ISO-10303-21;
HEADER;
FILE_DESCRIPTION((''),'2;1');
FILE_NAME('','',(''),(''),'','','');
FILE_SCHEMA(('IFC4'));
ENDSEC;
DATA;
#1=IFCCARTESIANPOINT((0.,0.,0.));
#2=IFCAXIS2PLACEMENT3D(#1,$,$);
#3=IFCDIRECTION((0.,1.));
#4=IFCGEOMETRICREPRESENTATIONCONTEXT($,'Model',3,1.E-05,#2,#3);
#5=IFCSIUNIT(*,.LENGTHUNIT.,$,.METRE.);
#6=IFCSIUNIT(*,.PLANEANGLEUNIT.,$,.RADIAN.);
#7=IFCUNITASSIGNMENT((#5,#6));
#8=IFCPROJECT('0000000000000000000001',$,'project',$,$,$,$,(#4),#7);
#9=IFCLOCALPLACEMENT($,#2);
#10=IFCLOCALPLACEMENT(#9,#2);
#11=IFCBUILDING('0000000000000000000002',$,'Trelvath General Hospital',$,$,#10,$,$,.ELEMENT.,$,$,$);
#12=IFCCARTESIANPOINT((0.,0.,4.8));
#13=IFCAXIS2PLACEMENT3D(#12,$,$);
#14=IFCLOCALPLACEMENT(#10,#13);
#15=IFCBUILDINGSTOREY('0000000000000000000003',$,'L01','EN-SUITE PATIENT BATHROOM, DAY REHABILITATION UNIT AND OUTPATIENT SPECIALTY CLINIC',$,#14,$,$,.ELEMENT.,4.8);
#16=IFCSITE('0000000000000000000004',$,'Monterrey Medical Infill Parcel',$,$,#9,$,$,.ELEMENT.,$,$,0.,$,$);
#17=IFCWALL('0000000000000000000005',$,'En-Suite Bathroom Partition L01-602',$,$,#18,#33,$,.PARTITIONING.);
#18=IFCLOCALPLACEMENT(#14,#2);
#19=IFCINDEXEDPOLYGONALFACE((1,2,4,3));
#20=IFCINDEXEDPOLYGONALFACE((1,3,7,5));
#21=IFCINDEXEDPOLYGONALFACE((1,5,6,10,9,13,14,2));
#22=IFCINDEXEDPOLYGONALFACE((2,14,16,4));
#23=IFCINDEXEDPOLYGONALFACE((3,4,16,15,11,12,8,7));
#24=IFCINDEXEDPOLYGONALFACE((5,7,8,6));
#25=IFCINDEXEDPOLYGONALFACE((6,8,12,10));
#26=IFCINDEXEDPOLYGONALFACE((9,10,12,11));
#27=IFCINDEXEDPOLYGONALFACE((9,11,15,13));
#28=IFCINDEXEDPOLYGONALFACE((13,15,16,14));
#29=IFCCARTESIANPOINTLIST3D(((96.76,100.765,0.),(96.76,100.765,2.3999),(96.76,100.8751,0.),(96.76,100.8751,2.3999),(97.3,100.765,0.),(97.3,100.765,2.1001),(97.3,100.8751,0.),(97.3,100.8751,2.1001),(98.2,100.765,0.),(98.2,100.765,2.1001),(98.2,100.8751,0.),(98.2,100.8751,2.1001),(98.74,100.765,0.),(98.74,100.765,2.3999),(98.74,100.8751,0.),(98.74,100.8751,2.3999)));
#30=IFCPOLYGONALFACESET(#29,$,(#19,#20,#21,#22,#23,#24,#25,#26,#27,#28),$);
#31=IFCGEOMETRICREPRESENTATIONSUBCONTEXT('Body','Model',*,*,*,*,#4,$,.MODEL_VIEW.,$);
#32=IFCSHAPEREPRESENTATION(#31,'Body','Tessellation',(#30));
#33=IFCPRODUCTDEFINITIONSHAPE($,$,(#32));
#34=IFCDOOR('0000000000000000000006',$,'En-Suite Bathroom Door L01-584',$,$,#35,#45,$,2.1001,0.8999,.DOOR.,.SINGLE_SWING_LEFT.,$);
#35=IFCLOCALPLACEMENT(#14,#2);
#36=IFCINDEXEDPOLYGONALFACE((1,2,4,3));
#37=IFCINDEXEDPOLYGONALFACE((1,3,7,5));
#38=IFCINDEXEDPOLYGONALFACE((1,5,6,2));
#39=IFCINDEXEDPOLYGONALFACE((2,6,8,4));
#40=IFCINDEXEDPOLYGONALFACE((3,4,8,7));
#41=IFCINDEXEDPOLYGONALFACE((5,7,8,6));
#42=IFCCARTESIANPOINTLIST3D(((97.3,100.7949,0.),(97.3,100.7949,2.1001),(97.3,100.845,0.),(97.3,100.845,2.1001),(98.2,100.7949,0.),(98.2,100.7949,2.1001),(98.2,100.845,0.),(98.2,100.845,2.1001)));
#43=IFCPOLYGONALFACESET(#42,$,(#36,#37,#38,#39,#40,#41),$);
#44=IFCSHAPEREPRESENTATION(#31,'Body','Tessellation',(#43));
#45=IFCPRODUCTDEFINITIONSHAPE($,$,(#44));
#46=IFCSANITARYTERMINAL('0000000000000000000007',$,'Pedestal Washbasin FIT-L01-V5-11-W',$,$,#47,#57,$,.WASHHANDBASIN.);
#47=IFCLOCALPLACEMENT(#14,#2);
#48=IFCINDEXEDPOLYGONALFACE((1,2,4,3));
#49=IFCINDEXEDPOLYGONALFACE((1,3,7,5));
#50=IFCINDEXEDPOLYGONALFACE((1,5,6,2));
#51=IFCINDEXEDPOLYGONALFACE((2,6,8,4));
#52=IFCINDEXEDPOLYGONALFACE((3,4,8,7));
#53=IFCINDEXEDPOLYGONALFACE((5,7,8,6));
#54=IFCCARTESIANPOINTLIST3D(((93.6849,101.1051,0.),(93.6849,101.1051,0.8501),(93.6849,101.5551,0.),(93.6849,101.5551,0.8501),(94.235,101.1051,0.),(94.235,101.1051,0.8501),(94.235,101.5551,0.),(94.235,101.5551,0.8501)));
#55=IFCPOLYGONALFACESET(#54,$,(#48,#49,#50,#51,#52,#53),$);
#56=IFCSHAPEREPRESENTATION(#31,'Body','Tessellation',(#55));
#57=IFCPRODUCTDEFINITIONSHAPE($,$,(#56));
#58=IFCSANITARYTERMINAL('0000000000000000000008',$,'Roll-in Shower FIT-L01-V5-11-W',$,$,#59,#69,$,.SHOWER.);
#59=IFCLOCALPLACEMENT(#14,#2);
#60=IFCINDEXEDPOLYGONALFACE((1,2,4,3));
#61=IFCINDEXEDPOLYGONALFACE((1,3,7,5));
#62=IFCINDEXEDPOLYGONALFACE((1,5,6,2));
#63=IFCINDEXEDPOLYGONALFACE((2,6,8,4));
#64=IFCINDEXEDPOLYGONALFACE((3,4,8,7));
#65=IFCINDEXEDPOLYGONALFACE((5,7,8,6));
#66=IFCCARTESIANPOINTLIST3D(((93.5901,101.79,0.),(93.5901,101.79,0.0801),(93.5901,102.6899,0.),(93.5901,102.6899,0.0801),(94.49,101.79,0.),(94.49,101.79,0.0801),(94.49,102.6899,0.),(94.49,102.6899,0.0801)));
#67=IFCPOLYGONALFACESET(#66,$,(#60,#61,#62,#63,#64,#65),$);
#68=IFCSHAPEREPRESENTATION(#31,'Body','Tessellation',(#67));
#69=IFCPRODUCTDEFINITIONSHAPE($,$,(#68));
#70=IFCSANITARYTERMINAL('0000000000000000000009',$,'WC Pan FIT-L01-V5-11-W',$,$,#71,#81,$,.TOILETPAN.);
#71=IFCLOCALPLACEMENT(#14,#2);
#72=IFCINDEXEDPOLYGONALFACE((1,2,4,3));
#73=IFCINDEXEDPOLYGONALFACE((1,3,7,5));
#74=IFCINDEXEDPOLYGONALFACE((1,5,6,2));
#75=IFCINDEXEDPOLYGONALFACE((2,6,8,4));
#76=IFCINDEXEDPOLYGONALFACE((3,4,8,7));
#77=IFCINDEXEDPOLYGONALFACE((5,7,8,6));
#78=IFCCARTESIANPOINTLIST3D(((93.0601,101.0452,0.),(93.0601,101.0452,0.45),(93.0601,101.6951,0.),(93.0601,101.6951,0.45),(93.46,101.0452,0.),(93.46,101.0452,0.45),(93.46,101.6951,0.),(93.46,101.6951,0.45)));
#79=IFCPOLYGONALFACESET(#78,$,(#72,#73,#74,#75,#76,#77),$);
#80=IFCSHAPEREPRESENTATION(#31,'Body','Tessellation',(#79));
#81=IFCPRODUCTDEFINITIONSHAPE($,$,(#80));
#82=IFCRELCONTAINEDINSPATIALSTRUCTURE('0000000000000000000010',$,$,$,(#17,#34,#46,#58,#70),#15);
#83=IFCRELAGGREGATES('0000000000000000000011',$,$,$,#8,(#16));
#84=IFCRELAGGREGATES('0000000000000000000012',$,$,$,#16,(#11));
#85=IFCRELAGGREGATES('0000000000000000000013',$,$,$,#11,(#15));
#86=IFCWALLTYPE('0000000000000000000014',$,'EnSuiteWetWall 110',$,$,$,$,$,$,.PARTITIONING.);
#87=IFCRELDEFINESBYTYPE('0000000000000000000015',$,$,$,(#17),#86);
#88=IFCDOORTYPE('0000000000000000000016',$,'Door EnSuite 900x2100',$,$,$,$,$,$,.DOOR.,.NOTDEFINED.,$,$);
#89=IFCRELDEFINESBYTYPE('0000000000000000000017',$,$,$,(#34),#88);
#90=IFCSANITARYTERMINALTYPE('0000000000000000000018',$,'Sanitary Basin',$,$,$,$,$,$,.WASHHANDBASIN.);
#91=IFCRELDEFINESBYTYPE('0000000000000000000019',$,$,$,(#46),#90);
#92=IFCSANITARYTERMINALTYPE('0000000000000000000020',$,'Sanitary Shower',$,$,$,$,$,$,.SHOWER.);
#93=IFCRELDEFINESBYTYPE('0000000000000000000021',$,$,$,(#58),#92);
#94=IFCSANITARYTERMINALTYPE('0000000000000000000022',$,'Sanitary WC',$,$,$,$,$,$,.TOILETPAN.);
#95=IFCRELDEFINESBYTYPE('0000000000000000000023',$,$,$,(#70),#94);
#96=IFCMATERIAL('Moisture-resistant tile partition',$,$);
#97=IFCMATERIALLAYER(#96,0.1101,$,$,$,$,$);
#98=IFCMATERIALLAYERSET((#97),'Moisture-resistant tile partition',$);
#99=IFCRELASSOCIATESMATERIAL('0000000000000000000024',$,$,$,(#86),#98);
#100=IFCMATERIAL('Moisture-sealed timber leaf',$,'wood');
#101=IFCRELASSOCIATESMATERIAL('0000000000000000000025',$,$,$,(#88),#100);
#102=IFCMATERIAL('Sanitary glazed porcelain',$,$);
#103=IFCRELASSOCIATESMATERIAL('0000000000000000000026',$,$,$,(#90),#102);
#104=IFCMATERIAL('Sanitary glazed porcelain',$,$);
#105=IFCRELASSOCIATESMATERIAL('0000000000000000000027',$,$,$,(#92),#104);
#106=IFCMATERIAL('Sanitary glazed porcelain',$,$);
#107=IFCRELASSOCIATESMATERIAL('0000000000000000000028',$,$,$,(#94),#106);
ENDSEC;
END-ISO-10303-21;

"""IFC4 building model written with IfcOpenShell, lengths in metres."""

from ifc_helpers import new_model, si_unit, direction, frame, frame_2d, origin, origin_2d, place, context, subcontext, project, spatial, rectangle, extrude, material, layer, layer_set, type_object, element, fill, save


model = new_model("IFC4")

# Units and contexts
model_context = context("Model", 3, precision=1e-05, world=origin(), true_north=direction((0.0, 1.0)))
body_context = subcontext(model_context, "Body", "Model", "MODEL_VIEW")
ifc_project = project(units=[si_unit("LENGTHUNIT", "METRE"), si_unit("PLANEANGLEUNIT", "RADIAN")], contexts=[model_context])

# Site, building, storey
site_placement = place(None, origin())
site = spatial("IfcSite", under=ifc_project, at=site_placement, Name="Monterrey Medical Infill Parcel", CompositionType="ELEMENT", RefElevation=0.0)
building_placement = place(site_placement, origin())
building = spatial("IfcBuilding", under=site, at=building_placement, Name="Trelvath General Hospital", CompositionType="ELEMENT")
storey_placement = place(building_placement, frame((0.0, 0.0, 4.8)))
storey = spatial("IfcBuildingStorey", under=building, at=storey_placement, Name="L01", Description="EN-SUITE PATIENT BATHROOM, DAY REHABILITATION UNIT AND OUTPATIENT SPECIALTY CLINIC", CompositionType="ELEMENT", Elevation=4.8)

# Shared definitions
ifc_material_1 = material(Name="Moisture-resistant tile partition")
ifc_layer_1 = layer(ifc_material_1, 0.1101)
ifc_layer_set_1 = layer_set([ifc_layer_1], Name="Moisture-resistant tile partition")
wall_type_1 = type_object("IfcWallType", Name="EnSuiteWetWall 110", PredefinedType="PARTITIONING", material=ifc_layer_set_1)

# Shared definitions
ifc_material_2 = material(Name="Moisture-sealed timber leaf", Category="wood")
door_type_1 = type_object("IfcDoorType", Name="Door EnSuite 900x2100", OperationType="NOTDEFINED", PredefinedType="DOOR", material=ifc_material_2)

# Wall, opening, door
wall_1_placement = place(storey_placement, frame((96.76, 100.8201, 0.0), z_axis=(0.0, 0.0, 1.0), x_axis=(1.0, 0.0, 0.0)))
wall_1 = element("IfcWall", 1, at=wall_1_placement, inside=storey, type_object=wall_type_1, Name="En-Suite Bathroom Partition L01-602", PredefinedType="PARTITIONING", context=body_context, shape_type="SweptSolid", body=[
    extrude(rectangle(XDim=1.98, YDim=0.1101, at=frame_2d((0.99, 0.0))), origin(), (0.0, 0.0, 1.0), 2.3999),
])
opening_1_placement = place(wall_1_placement, frame((0.54, 0.0, 0.0)))
opening_1 = element("IfcOpeningElement", 2, at=opening_1_placement, cuts=wall_1, PredefinedType="OPENING", context=body_context, shape_type="SweptSolid", body=[
    extrude(rectangle(XDim=0.8999, YDim=2.1001, at=frame_2d((0.45, 1.05))), frame((0.0, 0.0649, 0.0), z_axis=(0.0, -1.0, 0.0), x_axis=(1.0, 0.0, 0.0)), (0.0, 0.0, 1.0), 0.1301),
])
door_1_placement = place(opening_1_placement, origin())
door_1 = element("IfcDoor", 3, at=door_1_placement, inside=storey, type_object=door_type_1, Name="En-Suite Bathroom Door L01-584", OperationType="SINGLE_SWING_LEFT", OverallHeight=2.1001, OverallWidth=0.8999, PredefinedType="DOOR", context=body_context, shape_type="SweptSolid", body=[
    extrude(rectangle(XDim=0.8999, YDim=2.1001, at=frame_2d((0.45, 1.05))), frame((0.0, 0.0249, 0.0), z_axis=(0.0, -1.0, 0.0), x_axis=(1.0, 0.0, 0.0)), (0.0, 0.0, 1.0), 0.05),
])
fill(opening_1, door_1)

# Sanitary terminals
ifc_material_3 = material(Name="Sanitary glazed porcelain")
sanitary_terminal_type_1 = type_object("IfcSanitaryTerminalType", Name="Sanitary Basin", PredefinedType="WASHHANDBASIN", material=ifc_material_3)
sanitary_terminal_1_placement = place(storey_placement, frame((93.96, 101.3301, 0.0), z_axis=(0.0, 0.0, 1.0), x_axis=(1.0, 0.0, 0.0)))
element("IfcSanitaryTerminal", 4, at=sanitary_terminal_1_placement, inside=storey, type_object=sanitary_terminal_type_1, Name="Pedestal Washbasin FIT-L01-V5-11-W", PredefinedType="WASHHANDBASIN", context=body_context, shape_type="SweptSolid", body=[
    extrude(rectangle(XDim=0.55, YDim=0.45, at=origin_2d()), origin(), (0.0, 0.0, 1.0), 0.8501),
])
ifc_material_4 = material(Name="Sanitary glazed porcelain")
sanitary_terminal_type_2 = type_object("IfcSanitaryTerminalType", Name="Sanitary Shower", PredefinedType="SHOWER", material=ifc_material_4)
sanitary_terminal_2_placement = place(storey_placement, frame((94.04, 102.24, 0.0), z_axis=(0.0, 0.0, 1.0), x_axis=(1.0, 0.0, 0.0)))
element("IfcSanitaryTerminal", 5, at=sanitary_terminal_2_placement, inside=storey, type_object=sanitary_terminal_type_2, Name="Roll-in Shower FIT-L01-V5-11-W", PredefinedType="SHOWER", context=body_context, shape_type="SweptSolid", body=[
    extrude(rectangle(XDim=0.8999, YDim=0.8999, at=origin_2d()), origin(), (0.0, 0.0, 1.0), 0.0801),
])
ifc_material_5 = material(Name="Sanitary glazed porcelain")
sanitary_terminal_type_3 = type_object("IfcSanitaryTerminalType", Name="Sanitary WC", PredefinedType="TOILETPAN", material=ifc_material_5)
sanitary_terminal_3_placement = place(storey_placement, frame((93.26, 101.3701, 0.0), z_axis=(0.0, 0.0, 1.0), x_axis=(1.0, 0.0, 0.0)))
element("IfcSanitaryTerminal", 6, at=sanitary_terminal_3_placement, inside=storey, type_object=sanitary_terminal_type_3, Name="WC Pan FIT-L01-V5-11-W", PredefinedType="TOILETPAN", context=body_context, shape_type="SweptSolid", body=[
    extrude(rectangle(XDim=0.3999, YDim=0.6499, at=origin_2d()), origin(), (0.0, 0.0, 1.0), 0.45),
])

save(model, "model.ifc")
